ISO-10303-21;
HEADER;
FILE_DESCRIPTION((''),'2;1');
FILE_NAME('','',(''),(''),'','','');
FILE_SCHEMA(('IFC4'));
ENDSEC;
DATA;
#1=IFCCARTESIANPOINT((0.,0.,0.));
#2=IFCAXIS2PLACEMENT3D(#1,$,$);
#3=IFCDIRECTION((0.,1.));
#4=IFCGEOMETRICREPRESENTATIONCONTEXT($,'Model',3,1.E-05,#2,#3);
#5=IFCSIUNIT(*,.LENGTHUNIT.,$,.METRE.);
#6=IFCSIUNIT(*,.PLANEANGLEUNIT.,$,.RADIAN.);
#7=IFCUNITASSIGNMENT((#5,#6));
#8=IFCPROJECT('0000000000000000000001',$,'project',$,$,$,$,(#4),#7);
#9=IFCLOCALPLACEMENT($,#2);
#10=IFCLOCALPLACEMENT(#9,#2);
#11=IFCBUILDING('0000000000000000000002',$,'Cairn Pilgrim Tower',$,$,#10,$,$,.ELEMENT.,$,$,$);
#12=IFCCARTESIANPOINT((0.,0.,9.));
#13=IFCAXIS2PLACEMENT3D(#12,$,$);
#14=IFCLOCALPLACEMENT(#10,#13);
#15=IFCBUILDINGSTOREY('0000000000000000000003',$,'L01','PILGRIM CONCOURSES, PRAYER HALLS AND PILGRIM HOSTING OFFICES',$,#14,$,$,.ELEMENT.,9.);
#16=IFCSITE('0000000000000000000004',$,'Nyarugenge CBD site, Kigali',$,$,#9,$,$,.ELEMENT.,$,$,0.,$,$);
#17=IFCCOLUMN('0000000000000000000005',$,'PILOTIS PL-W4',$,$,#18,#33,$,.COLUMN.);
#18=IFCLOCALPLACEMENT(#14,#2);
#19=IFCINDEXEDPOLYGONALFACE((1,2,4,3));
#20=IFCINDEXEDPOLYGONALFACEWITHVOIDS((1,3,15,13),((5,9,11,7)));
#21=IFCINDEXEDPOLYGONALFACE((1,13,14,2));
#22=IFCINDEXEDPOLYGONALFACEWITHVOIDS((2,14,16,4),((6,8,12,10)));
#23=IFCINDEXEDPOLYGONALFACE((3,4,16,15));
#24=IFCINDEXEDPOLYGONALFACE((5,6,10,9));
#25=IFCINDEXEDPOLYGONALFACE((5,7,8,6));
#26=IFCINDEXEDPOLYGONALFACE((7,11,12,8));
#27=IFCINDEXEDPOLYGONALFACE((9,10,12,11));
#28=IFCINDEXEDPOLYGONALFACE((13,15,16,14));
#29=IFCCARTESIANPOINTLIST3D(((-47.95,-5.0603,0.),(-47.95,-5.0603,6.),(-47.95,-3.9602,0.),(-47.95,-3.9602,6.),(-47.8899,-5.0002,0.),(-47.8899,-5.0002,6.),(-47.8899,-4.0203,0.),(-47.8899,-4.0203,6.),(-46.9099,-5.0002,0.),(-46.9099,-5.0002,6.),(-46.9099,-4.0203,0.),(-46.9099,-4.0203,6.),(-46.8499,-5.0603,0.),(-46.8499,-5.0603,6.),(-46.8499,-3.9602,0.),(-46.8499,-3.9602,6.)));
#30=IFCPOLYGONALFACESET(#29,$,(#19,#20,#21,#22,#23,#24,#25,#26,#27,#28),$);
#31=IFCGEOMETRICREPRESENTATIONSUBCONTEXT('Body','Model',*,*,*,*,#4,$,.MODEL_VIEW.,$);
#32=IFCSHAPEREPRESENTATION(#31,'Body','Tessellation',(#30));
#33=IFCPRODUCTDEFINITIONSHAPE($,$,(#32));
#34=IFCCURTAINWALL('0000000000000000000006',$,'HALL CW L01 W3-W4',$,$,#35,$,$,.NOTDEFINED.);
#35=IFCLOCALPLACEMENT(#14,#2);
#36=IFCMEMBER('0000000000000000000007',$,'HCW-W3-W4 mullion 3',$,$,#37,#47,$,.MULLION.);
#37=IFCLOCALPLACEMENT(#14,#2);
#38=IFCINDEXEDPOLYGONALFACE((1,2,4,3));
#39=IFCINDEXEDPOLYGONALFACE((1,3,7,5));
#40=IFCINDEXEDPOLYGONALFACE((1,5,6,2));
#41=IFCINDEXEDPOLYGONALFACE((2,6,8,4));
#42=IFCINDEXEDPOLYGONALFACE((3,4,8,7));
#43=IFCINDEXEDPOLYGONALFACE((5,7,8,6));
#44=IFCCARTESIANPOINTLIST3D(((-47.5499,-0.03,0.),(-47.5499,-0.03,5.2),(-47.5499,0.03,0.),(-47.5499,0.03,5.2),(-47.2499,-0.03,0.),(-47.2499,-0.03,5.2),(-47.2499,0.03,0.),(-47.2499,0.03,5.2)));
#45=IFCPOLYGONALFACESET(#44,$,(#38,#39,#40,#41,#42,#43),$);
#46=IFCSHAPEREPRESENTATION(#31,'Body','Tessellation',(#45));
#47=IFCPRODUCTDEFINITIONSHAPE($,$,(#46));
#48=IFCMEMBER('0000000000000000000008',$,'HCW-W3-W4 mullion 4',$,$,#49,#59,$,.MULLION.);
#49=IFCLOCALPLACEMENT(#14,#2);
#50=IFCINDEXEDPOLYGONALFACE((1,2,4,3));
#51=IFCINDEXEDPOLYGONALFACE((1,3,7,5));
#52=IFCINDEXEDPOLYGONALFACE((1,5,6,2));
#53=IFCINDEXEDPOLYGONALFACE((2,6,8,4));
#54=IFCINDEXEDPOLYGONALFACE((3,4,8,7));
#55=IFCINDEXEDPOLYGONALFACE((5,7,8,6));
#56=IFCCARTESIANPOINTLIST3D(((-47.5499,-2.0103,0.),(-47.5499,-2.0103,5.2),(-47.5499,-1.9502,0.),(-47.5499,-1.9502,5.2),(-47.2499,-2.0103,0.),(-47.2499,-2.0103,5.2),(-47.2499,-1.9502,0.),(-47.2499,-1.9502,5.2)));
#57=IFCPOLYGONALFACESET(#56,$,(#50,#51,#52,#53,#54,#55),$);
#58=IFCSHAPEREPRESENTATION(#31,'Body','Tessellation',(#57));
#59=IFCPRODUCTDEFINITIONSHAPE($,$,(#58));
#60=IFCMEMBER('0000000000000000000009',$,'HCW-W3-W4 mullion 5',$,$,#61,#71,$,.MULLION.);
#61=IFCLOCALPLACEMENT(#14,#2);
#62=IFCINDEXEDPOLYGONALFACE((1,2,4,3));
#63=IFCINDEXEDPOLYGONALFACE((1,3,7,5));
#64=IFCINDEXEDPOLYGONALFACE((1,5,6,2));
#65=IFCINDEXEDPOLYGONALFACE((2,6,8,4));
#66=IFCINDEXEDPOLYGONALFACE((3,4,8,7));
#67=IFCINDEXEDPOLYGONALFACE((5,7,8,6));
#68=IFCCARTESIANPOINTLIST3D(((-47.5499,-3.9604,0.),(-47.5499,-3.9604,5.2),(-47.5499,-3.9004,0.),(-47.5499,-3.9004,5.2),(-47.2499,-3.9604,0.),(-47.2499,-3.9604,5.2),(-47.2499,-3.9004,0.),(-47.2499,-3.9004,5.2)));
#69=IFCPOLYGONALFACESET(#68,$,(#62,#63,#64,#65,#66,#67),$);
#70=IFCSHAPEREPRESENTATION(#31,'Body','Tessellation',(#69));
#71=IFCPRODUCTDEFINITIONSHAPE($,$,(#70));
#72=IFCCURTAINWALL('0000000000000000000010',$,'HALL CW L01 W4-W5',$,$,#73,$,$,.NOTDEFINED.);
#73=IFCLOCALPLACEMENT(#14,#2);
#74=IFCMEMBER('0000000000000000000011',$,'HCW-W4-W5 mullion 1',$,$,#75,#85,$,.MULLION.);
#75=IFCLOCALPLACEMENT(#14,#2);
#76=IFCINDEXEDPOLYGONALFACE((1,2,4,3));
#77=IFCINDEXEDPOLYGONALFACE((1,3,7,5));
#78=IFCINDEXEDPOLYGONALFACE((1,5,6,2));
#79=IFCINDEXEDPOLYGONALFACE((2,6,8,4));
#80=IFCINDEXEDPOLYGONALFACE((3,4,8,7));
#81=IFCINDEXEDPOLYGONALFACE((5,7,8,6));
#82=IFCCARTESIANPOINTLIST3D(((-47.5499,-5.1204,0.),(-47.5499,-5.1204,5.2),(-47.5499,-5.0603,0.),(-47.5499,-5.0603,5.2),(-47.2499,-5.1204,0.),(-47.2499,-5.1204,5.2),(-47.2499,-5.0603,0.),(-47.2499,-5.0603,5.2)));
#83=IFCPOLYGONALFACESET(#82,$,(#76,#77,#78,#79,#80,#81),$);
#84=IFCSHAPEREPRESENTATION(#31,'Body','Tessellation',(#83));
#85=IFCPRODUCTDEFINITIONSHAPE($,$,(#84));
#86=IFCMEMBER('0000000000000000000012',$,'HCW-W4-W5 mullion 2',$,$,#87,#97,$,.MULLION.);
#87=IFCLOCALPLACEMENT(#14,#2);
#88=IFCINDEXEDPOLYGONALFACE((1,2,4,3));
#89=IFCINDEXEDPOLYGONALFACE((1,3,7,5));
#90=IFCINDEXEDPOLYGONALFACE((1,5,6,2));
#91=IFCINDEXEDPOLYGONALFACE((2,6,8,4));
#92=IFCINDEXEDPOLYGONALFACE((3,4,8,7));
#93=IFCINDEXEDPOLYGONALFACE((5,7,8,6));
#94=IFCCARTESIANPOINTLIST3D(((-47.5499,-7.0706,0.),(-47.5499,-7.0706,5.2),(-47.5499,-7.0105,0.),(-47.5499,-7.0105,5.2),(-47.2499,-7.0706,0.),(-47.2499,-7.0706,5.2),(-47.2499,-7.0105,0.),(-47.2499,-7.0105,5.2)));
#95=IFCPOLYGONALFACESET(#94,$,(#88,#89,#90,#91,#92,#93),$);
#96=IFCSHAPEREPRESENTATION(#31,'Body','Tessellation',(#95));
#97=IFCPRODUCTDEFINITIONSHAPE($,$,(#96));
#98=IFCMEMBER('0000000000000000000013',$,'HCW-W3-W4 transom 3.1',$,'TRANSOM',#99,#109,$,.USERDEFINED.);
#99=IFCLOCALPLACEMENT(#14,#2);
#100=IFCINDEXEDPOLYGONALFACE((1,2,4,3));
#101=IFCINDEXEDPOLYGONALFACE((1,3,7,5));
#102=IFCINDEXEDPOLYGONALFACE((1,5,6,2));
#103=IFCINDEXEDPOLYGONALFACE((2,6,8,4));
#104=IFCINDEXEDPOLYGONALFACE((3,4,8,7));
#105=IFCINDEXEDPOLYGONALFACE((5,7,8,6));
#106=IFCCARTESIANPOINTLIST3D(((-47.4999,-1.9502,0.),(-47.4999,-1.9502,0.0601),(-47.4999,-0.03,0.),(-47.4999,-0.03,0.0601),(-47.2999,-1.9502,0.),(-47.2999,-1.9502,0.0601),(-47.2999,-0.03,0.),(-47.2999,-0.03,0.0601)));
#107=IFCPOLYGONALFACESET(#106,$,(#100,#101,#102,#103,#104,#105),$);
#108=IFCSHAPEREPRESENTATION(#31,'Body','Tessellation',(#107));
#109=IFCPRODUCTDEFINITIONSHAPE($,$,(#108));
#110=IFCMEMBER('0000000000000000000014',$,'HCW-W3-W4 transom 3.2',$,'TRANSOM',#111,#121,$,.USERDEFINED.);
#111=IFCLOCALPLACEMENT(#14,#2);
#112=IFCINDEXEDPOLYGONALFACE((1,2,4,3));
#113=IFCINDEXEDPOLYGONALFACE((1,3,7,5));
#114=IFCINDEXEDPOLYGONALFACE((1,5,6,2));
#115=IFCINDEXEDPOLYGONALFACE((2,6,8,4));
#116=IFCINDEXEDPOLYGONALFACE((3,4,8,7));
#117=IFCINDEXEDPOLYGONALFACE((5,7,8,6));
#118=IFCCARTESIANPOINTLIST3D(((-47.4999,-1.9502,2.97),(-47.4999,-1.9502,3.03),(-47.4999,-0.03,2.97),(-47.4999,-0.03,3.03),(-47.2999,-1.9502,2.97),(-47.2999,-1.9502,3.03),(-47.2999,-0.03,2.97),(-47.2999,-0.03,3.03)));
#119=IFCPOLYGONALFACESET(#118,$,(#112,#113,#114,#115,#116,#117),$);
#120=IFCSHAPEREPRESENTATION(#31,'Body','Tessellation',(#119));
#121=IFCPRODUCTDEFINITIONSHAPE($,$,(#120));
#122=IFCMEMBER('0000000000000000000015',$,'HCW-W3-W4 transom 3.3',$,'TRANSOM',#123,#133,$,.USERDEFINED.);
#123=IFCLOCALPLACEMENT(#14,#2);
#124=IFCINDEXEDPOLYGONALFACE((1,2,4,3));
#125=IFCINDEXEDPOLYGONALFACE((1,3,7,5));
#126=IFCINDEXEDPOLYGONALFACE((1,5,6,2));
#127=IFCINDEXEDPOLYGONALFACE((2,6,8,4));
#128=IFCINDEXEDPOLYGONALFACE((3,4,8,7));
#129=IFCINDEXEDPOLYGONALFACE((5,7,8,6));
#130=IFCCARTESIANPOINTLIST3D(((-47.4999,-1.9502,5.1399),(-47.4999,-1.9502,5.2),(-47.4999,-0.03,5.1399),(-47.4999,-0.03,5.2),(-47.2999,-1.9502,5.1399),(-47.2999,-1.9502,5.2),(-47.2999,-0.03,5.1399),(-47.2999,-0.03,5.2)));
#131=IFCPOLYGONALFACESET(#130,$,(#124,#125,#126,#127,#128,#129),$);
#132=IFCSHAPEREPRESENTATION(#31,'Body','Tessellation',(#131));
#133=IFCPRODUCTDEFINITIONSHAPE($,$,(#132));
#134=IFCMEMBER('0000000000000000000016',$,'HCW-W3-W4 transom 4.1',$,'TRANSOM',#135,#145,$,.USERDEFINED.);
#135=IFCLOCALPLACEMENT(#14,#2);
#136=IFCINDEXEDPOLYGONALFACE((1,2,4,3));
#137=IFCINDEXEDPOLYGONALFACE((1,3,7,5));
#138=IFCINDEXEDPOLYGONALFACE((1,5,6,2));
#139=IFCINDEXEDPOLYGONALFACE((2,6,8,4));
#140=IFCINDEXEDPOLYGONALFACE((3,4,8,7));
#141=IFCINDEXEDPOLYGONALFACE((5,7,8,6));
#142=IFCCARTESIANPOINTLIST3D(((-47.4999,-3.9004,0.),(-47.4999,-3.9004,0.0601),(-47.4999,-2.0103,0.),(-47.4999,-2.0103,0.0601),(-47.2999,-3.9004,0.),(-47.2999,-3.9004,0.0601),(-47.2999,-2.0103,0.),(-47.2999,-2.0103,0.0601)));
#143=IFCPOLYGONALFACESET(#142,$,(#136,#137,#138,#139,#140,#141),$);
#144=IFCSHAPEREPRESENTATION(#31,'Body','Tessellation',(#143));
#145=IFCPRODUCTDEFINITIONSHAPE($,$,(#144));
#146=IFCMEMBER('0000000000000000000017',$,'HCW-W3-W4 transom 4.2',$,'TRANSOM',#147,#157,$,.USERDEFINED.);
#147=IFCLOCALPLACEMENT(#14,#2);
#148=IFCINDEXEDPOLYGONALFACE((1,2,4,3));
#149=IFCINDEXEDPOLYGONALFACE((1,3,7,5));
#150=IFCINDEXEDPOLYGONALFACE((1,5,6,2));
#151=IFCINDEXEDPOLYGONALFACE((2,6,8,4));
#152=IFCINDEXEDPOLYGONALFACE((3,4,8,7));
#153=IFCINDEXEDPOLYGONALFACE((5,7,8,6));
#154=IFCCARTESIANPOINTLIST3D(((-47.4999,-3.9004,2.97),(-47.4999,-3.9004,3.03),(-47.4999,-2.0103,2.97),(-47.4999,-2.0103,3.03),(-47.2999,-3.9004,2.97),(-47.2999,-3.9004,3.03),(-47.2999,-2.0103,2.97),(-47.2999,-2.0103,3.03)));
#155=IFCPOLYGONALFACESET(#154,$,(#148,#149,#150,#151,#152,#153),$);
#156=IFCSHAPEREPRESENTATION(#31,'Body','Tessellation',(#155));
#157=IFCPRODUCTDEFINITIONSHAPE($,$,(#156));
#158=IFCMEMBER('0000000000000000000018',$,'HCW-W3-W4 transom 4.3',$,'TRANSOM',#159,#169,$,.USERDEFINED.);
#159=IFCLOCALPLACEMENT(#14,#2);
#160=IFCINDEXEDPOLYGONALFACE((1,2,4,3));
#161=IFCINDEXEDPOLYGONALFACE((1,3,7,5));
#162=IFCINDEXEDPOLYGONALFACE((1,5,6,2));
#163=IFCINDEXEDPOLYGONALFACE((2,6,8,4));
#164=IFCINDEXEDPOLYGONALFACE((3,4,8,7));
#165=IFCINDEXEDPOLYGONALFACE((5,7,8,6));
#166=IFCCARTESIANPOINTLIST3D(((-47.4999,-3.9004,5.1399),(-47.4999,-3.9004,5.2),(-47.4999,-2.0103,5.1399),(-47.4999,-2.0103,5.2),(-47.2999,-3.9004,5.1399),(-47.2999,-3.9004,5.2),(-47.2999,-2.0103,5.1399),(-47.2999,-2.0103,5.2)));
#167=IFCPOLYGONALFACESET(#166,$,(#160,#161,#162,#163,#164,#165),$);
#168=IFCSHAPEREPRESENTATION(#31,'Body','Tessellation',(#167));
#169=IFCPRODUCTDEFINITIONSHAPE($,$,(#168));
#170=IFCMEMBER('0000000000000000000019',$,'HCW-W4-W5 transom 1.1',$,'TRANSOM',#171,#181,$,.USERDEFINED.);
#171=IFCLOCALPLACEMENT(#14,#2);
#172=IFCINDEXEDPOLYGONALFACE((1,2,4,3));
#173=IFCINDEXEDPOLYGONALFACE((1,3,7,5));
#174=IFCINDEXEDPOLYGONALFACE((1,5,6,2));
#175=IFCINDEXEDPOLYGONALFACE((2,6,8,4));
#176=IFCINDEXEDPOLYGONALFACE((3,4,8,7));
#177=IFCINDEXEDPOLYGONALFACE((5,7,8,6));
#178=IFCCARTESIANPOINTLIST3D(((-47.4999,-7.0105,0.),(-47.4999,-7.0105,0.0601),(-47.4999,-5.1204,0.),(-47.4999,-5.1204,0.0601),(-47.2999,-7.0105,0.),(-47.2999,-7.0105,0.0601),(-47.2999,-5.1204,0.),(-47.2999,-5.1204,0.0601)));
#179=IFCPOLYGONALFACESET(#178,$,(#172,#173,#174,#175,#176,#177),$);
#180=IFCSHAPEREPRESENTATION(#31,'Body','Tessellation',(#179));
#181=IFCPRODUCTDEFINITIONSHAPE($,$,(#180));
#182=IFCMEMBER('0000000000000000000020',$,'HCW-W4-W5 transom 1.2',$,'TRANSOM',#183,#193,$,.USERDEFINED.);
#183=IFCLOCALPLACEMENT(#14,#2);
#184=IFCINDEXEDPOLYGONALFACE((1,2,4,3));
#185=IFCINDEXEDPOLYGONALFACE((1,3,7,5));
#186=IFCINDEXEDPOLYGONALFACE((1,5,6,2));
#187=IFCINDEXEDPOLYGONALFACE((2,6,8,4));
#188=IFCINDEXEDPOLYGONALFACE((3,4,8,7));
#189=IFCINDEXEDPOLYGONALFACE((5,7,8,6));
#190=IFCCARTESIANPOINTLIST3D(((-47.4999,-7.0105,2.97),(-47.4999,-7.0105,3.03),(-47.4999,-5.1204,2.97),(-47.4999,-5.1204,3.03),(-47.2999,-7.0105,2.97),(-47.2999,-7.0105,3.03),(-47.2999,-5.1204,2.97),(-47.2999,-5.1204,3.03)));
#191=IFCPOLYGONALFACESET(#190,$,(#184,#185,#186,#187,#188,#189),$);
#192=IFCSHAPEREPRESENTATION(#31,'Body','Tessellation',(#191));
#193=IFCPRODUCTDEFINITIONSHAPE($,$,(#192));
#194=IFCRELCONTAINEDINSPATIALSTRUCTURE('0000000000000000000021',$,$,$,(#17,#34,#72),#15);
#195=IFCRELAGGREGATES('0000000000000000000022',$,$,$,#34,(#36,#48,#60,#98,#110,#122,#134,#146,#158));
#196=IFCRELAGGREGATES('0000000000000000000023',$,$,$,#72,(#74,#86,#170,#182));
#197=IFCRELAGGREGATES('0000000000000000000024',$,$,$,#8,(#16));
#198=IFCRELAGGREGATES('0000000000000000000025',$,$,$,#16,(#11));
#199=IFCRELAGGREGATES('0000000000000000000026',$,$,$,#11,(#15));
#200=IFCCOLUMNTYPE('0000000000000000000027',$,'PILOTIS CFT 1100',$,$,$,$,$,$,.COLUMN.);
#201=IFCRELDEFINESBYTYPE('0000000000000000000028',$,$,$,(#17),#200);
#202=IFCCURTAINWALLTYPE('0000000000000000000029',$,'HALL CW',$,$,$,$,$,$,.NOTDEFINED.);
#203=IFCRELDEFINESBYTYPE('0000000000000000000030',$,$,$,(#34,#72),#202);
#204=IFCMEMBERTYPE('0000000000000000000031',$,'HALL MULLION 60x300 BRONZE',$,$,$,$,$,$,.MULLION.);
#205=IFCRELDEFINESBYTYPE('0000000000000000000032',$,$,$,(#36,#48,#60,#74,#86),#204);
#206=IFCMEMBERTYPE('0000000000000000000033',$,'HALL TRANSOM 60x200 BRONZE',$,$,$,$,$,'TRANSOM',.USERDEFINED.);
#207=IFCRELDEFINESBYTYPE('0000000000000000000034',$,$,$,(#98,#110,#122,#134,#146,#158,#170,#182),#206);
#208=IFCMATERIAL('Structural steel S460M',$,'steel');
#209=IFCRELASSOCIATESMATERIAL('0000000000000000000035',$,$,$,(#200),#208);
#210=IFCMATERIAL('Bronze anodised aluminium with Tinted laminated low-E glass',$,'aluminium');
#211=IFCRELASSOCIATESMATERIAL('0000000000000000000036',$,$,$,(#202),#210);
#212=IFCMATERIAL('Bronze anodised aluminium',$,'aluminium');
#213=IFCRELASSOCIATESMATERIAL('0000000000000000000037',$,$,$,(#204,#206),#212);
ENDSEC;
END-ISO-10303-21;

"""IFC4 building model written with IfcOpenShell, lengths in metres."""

from ifc_helpers import new_model, si_unit, direction, frame, origin, origin_2d, place, context, subcontext, project, spatial, rectangle, hollow_rectangle, extrude, material, material_profile, profile_set, type_object, element, aggregate, save


model = new_model("IFC4")

# Units and contexts
model_context = context("Model", 3, precision=1e-05, world=origin(), true_north=direction((0.0, 1.0)))
body_context = subcontext(model_context, "Body", "Model", "MODEL_VIEW")
ifc_project = project(units=[si_unit("LENGTHUNIT", "METRE"), si_unit("PLANEANGLEUNIT", "RADIAN")], contexts=[model_context])

# Site, building, storey
site_placement = place(None, origin())
site = spatial("IfcSite", under=ifc_project, at=site_placement, Name="Nyarugenge CBD site, Kigali", CompositionType="ELEMENT", RefElevation=0.0)
building_placement = place(site_placement, origin())
building = spatial("IfcBuilding", under=site, at=building_placement, Name="Cairn Pilgrim Tower", CompositionType="ELEMENT")
storey_placement = place(building_placement, frame((0.0, 0.0, 9.0)))
storey = spatial("IfcBuildingStorey", under=building, at=storey_placement, Name="L01", Description="PILGRIM CONCOURSES, PRAYER HALLS AND PILGRIM HOSTING OFFICES", CompositionType="ELEMENT", Elevation=9.0)

# Column
ifc_material_1 = material(Name="Structural steel S460M", Category="steel")
ifc_material_profile_1 = material_profile(ifc_material_1, hollow_rectangle(XDim=1.1001, YDim=1.1001, WallThickness=0.0601, at=origin_2d()), Name="BOX 1100x1100x60")
ifc_profile_set_1 = profile_set([ifc_material_profile_1], Name="Structural steel S460M")
column_type = type_object("IfcColumnType", Name="PILOTIS CFT 1100", PredefinedType="COLUMN", material=ifc_profile_set_1)
column_placement = place(storey_placement, frame((-47.3999, -4.5103, 0.0), z_axis=(0.0, 0.0, 1.0), x_axis=(1.0, 0.0, 0.0)))
element("IfcColumn", 1, at=column_placement, inside=storey, type_object=column_type, Name="PILOTIS PL-W4", PredefinedType="COLUMN", context=body_context, shape_type="SweptSolid", body=[
    extrude(hollow_rectangle(XDim=1.1001, YDim=1.1001, WallThickness=0.0601, at=origin_2d()), origin(), (0.0, 0.0, 1.0), 6.0),
])

# Curtain walls, members
ifc_material_2 = material(Name="Bronze anodised aluminium with Tinted laminated low-E glass", Category="aluminium")
curtain_wall_type = type_object("IfcCurtainWallType", Name="HALL CW", PredefinedType="NOTDEFINED", material=ifc_material_2)
curtain_wall_1_placement = place(storey_placement, origin())
curtain_wall_1 = element("IfcCurtainWall", 2, at=curtain_wall_1_placement, inside=storey, type_object=curtain_wall_type, Name="HALL CW L01 W3-W4", PredefinedType="NOTDEFINED")
ifc_material_3 = material(Name="Bronze anodised aluminium", Category="aluminium")
ifc_material_profile_2 = material_profile(ifc_material_3, rectangle(XDim=0.3, YDim=0.0601, at=origin_2d()), Name="HALL MULLION 60x300 BRONZE")
ifc_profile_set_2 = profile_set([ifc_material_profile_2], Name="Bronze anodised aluminium")
member_type_1 = type_object("IfcMemberType", Name="HALL MULLION 60x300 BRONZE", PredefinedType="MULLION", material=ifc_profile_set_2)
member_1_placement = place(storey_placement, frame((-47.3999, 0.0, 0.0), z_axis=(0.0, 0.0, 1.0), x_axis=(1.0, 0.0, 0.0)))
member_1 = element("IfcMember", 3, at=member_1_placement, type_object=member_type_1, Name="HCW-W3-W4 mullion 3", PredefinedType="MULLION", context=body_context, shape_type="SweptSolid", body=[
    extrude(rectangle(XDim=0.3, YDim=0.0601, at=origin_2d()), origin(), (0.0, 0.0, 1.0), 5.2),
])
member_2_placement = place(storey_placement, frame((-47.3999, -1.9802, 0.0), z_axis=(0.0, 0.0, 1.0), x_axis=(1.0, 0.0, 0.0)))
member_2 = element("IfcMember", 4, at=member_2_placement, type_object=member_type_1, Name="HCW-W3-W4 mullion 4", PredefinedType="MULLION", context=body_context, shape_type="SweptSolid", body=[
    extrude(rectangle(XDim=0.3, YDim=0.0601, at=origin_2d()), origin(), (0.0, 0.0, 1.0), 5.2),
])
member_3_placement = place(storey_placement, frame((-47.3999, -3.9304, 0.0), z_axis=(0.0, 0.0, 1.0), x_axis=(1.0, 0.0, 0.0)))
member_3 = element("IfcMember", 5, at=member_3_placement, type_object=member_type_1, Name="HCW-W3-W4 mullion 5", PredefinedType="MULLION", context=body_context, shape_type="SweptSolid", body=[
    extrude(rectangle(XDim=0.3, YDim=0.0601, at=origin_2d()), origin(), (0.0, 0.0, 1.0), 5.2),
])
curtain_wall_2_placement = place(storey_placement, origin())
curtain_wall_2 = element("IfcCurtainWall", 6, at=curtain_wall_2_placement, inside=storey, type_object=curtain_wall_type, Name="HALL CW L01 W4-W5", PredefinedType="NOTDEFINED")
member_4_placement = place(storey_placement, frame((-47.3999, -5.0903, 0.0), z_axis=(0.0, 0.0, 1.0), x_axis=(1.0, 0.0, 0.0)))
member_4 = element("IfcMember", 7, at=member_4_placement, type_object=member_type_1, Name="HCW-W4-W5 mullion 1", PredefinedType="MULLION", context=body_context, shape_type="SweptSolid", body=[
    extrude(rectangle(XDim=0.3, YDim=0.0601, at=origin_2d()), origin(), (0.0, 0.0, 1.0), 5.2),
])
member_5_placement = place(storey_placement, frame((-47.3999, -7.0405, 0.0), z_axis=(0.0, 0.0, 1.0), x_axis=(1.0, 0.0, 0.0)))
member_5 = element("IfcMember", 8, at=member_5_placement, type_object=member_type_1, Name="HCW-W4-W5 mullion 2", PredefinedType="MULLION", context=body_context, shape_type="SweptSolid", body=[
    extrude(rectangle(XDim=0.3, YDim=0.0601, at=origin_2d()), origin(), (0.0, 0.0, 1.0), 5.2),
])

# Members
ifc_material_profile_3 = material_profile(ifc_material_3, rectangle(XDim=0.2, YDim=0.0601, at=origin_2d()), Name="HALL TRANSOM 60x200 BRONZE")
ifc_profile_set_3 = profile_set([ifc_material_profile_3], Name="Bronze anodised aluminium")
member_type_2 = type_object("IfcMemberType", Name="HALL TRANSOM 60x200 BRONZE", ElementType="TRANSOM", PredefinedType="USERDEFINED", material=ifc_profile_set_3)
member_6_placement = place(storey_placement, frame((-47.3999, -0.03, 0.03), z_axis=(0.0, -1.0, 0.0), x_axis=(1.0, 0.0, 0.0)))
member_6 = element("IfcMember", 9, at=member_6_placement, type_object=member_type_2, Name="HCW-W3-W4 transom 3.1", ObjectType="TRANSOM", PredefinedType="USERDEFINED", context=body_context, shape_type="SweptSolid", body=[
    extrude(rectangle(XDim=0.2, YDim=0.0601, at=origin_2d()), origin(), (0.0, 0.0, 1.0), 1.9202),
])
member_7_placement = place(storey_placement, frame((-47.3999, -0.03, 3.0), z_axis=(0.0, -1.0, 0.0), x_axis=(1.0, 0.0, 0.0)))
member_7 = element("IfcMember", 10, at=member_7_placement, type_object=member_type_2, Name="HCW-W3-W4 transom 3.2", ObjectType="TRANSOM", PredefinedType="USERDEFINED", context=body_context, shape_type="SweptSolid", body=[
    extrude(rectangle(XDim=0.2, YDim=0.0601, at=origin_2d()), origin(), (0.0, 0.0, 1.0), 1.9202),
])
member_8_placement = place(storey_placement, frame((-47.3999, -0.03, 5.1699), z_axis=(0.0, -1.0, 0.0), x_axis=(1.0, 0.0, 0.0)))
member_8 = element("IfcMember", 11, at=member_8_placement, type_object=member_type_2, Name="HCW-W3-W4 transom 3.3", ObjectType="TRANSOM", PredefinedType="USERDEFINED", context=body_context, shape_type="SweptSolid", body=[
    extrude(rectangle(XDim=0.2, YDim=0.0601, at=origin_2d()), origin(), (0.0, 0.0, 1.0), 1.9202),
])
member_9_placement = place(storey_placement, frame((-47.3999, -2.0103, 0.03), z_axis=(0.0, -1.0, 0.0), x_axis=(1.0, 0.0, 0.0)))
member_9 = element("IfcMember", 12, at=member_9_placement, type_object=member_type_2, Name="HCW-W3-W4 transom 4.1", ObjectType="TRANSOM", PredefinedType="USERDEFINED", context=body_context, shape_type="SweptSolid", body=[
    extrude(rectangle(XDim=0.2, YDim=0.0601, at=origin_2d()), origin(), (0.0, 0.0, 1.0), 1.8901),
])
member_10_placement = place(storey_placement, frame((-47.3999, -2.0103, 3.0), z_axis=(0.0, -1.0, 0.0), x_axis=(1.0, 0.0, 0.0)))
member_10 = element("IfcMember", 13, at=member_10_placement, type_object=member_type_2, Name="HCW-W3-W4 transom 4.2", ObjectType="TRANSOM", PredefinedType="USERDEFINED", context=body_context, shape_type="SweptSolid", body=[
    extrude(rectangle(XDim=0.2, YDim=0.0601, at=origin_2d()), origin(), (0.0, 0.0, 1.0), 1.8901),
])
member_11_placement = place(storey_placement, frame((-47.3999, -2.0103, 5.1699), z_axis=(0.0, -1.0, 0.0), x_axis=(1.0, 0.0, 0.0)))
member_11 = element("IfcMember", 14, at=member_11_placement, type_object=member_type_2, Name="HCW-W3-W4 transom 4.3", ObjectType="TRANSOM", PredefinedType="USERDEFINED", context=body_context, shape_type="SweptSolid", body=[
    extrude(rectangle(XDim=0.2, YDim=0.0601, at=origin_2d()), origin(), (0.0, 0.0, 1.0), 1.8901),
])
member_12_placement = place(storey_placement, frame((-47.3999, -5.1204, 0.03), z_axis=(0.0, -1.0, 0.0), x_axis=(1.0, 0.0, 0.0)))
member_12 = element("IfcMember", 15, at=member_12_placement, type_object=member_type_2, Name="HCW-W4-W5 transom 1.1", ObjectType="TRANSOM", PredefinedType="USERDEFINED", context=body_context, shape_type="SweptSolid", body=[
    extrude(rectangle(XDim=0.2, YDim=0.0601, at=origin_2d()), origin(), (0.0, 0.0, 1.0), 1.8901),
])
member_13_placement = place(storey_placement, frame((-47.3999, -5.1204, 3.0), z_axis=(0.0, -1.0, 0.0), x_axis=(1.0, 0.0, 0.0)))
member_13 = element("IfcMember", 16, at=member_13_placement, type_object=member_type_2, Name="HCW-W4-W5 transom 1.2", ObjectType="TRANSOM", PredefinedType="USERDEFINED", context=body_context, shape_type="SweptSolid", body=[
    extrude(rectangle(XDim=0.2, YDim=0.0601, at=origin_2d()), origin(), (0.0, 0.0, 1.0), 1.8901),
])

aggregate(curtain_wall_1, [member_1, member_2, member_3, member_6, member_7, member_8, member_9, member_10, member_11])
aggregate(curtain_wall_2, [member_4, member_5, member_12, member_13])

save(model, "model.ifc")
